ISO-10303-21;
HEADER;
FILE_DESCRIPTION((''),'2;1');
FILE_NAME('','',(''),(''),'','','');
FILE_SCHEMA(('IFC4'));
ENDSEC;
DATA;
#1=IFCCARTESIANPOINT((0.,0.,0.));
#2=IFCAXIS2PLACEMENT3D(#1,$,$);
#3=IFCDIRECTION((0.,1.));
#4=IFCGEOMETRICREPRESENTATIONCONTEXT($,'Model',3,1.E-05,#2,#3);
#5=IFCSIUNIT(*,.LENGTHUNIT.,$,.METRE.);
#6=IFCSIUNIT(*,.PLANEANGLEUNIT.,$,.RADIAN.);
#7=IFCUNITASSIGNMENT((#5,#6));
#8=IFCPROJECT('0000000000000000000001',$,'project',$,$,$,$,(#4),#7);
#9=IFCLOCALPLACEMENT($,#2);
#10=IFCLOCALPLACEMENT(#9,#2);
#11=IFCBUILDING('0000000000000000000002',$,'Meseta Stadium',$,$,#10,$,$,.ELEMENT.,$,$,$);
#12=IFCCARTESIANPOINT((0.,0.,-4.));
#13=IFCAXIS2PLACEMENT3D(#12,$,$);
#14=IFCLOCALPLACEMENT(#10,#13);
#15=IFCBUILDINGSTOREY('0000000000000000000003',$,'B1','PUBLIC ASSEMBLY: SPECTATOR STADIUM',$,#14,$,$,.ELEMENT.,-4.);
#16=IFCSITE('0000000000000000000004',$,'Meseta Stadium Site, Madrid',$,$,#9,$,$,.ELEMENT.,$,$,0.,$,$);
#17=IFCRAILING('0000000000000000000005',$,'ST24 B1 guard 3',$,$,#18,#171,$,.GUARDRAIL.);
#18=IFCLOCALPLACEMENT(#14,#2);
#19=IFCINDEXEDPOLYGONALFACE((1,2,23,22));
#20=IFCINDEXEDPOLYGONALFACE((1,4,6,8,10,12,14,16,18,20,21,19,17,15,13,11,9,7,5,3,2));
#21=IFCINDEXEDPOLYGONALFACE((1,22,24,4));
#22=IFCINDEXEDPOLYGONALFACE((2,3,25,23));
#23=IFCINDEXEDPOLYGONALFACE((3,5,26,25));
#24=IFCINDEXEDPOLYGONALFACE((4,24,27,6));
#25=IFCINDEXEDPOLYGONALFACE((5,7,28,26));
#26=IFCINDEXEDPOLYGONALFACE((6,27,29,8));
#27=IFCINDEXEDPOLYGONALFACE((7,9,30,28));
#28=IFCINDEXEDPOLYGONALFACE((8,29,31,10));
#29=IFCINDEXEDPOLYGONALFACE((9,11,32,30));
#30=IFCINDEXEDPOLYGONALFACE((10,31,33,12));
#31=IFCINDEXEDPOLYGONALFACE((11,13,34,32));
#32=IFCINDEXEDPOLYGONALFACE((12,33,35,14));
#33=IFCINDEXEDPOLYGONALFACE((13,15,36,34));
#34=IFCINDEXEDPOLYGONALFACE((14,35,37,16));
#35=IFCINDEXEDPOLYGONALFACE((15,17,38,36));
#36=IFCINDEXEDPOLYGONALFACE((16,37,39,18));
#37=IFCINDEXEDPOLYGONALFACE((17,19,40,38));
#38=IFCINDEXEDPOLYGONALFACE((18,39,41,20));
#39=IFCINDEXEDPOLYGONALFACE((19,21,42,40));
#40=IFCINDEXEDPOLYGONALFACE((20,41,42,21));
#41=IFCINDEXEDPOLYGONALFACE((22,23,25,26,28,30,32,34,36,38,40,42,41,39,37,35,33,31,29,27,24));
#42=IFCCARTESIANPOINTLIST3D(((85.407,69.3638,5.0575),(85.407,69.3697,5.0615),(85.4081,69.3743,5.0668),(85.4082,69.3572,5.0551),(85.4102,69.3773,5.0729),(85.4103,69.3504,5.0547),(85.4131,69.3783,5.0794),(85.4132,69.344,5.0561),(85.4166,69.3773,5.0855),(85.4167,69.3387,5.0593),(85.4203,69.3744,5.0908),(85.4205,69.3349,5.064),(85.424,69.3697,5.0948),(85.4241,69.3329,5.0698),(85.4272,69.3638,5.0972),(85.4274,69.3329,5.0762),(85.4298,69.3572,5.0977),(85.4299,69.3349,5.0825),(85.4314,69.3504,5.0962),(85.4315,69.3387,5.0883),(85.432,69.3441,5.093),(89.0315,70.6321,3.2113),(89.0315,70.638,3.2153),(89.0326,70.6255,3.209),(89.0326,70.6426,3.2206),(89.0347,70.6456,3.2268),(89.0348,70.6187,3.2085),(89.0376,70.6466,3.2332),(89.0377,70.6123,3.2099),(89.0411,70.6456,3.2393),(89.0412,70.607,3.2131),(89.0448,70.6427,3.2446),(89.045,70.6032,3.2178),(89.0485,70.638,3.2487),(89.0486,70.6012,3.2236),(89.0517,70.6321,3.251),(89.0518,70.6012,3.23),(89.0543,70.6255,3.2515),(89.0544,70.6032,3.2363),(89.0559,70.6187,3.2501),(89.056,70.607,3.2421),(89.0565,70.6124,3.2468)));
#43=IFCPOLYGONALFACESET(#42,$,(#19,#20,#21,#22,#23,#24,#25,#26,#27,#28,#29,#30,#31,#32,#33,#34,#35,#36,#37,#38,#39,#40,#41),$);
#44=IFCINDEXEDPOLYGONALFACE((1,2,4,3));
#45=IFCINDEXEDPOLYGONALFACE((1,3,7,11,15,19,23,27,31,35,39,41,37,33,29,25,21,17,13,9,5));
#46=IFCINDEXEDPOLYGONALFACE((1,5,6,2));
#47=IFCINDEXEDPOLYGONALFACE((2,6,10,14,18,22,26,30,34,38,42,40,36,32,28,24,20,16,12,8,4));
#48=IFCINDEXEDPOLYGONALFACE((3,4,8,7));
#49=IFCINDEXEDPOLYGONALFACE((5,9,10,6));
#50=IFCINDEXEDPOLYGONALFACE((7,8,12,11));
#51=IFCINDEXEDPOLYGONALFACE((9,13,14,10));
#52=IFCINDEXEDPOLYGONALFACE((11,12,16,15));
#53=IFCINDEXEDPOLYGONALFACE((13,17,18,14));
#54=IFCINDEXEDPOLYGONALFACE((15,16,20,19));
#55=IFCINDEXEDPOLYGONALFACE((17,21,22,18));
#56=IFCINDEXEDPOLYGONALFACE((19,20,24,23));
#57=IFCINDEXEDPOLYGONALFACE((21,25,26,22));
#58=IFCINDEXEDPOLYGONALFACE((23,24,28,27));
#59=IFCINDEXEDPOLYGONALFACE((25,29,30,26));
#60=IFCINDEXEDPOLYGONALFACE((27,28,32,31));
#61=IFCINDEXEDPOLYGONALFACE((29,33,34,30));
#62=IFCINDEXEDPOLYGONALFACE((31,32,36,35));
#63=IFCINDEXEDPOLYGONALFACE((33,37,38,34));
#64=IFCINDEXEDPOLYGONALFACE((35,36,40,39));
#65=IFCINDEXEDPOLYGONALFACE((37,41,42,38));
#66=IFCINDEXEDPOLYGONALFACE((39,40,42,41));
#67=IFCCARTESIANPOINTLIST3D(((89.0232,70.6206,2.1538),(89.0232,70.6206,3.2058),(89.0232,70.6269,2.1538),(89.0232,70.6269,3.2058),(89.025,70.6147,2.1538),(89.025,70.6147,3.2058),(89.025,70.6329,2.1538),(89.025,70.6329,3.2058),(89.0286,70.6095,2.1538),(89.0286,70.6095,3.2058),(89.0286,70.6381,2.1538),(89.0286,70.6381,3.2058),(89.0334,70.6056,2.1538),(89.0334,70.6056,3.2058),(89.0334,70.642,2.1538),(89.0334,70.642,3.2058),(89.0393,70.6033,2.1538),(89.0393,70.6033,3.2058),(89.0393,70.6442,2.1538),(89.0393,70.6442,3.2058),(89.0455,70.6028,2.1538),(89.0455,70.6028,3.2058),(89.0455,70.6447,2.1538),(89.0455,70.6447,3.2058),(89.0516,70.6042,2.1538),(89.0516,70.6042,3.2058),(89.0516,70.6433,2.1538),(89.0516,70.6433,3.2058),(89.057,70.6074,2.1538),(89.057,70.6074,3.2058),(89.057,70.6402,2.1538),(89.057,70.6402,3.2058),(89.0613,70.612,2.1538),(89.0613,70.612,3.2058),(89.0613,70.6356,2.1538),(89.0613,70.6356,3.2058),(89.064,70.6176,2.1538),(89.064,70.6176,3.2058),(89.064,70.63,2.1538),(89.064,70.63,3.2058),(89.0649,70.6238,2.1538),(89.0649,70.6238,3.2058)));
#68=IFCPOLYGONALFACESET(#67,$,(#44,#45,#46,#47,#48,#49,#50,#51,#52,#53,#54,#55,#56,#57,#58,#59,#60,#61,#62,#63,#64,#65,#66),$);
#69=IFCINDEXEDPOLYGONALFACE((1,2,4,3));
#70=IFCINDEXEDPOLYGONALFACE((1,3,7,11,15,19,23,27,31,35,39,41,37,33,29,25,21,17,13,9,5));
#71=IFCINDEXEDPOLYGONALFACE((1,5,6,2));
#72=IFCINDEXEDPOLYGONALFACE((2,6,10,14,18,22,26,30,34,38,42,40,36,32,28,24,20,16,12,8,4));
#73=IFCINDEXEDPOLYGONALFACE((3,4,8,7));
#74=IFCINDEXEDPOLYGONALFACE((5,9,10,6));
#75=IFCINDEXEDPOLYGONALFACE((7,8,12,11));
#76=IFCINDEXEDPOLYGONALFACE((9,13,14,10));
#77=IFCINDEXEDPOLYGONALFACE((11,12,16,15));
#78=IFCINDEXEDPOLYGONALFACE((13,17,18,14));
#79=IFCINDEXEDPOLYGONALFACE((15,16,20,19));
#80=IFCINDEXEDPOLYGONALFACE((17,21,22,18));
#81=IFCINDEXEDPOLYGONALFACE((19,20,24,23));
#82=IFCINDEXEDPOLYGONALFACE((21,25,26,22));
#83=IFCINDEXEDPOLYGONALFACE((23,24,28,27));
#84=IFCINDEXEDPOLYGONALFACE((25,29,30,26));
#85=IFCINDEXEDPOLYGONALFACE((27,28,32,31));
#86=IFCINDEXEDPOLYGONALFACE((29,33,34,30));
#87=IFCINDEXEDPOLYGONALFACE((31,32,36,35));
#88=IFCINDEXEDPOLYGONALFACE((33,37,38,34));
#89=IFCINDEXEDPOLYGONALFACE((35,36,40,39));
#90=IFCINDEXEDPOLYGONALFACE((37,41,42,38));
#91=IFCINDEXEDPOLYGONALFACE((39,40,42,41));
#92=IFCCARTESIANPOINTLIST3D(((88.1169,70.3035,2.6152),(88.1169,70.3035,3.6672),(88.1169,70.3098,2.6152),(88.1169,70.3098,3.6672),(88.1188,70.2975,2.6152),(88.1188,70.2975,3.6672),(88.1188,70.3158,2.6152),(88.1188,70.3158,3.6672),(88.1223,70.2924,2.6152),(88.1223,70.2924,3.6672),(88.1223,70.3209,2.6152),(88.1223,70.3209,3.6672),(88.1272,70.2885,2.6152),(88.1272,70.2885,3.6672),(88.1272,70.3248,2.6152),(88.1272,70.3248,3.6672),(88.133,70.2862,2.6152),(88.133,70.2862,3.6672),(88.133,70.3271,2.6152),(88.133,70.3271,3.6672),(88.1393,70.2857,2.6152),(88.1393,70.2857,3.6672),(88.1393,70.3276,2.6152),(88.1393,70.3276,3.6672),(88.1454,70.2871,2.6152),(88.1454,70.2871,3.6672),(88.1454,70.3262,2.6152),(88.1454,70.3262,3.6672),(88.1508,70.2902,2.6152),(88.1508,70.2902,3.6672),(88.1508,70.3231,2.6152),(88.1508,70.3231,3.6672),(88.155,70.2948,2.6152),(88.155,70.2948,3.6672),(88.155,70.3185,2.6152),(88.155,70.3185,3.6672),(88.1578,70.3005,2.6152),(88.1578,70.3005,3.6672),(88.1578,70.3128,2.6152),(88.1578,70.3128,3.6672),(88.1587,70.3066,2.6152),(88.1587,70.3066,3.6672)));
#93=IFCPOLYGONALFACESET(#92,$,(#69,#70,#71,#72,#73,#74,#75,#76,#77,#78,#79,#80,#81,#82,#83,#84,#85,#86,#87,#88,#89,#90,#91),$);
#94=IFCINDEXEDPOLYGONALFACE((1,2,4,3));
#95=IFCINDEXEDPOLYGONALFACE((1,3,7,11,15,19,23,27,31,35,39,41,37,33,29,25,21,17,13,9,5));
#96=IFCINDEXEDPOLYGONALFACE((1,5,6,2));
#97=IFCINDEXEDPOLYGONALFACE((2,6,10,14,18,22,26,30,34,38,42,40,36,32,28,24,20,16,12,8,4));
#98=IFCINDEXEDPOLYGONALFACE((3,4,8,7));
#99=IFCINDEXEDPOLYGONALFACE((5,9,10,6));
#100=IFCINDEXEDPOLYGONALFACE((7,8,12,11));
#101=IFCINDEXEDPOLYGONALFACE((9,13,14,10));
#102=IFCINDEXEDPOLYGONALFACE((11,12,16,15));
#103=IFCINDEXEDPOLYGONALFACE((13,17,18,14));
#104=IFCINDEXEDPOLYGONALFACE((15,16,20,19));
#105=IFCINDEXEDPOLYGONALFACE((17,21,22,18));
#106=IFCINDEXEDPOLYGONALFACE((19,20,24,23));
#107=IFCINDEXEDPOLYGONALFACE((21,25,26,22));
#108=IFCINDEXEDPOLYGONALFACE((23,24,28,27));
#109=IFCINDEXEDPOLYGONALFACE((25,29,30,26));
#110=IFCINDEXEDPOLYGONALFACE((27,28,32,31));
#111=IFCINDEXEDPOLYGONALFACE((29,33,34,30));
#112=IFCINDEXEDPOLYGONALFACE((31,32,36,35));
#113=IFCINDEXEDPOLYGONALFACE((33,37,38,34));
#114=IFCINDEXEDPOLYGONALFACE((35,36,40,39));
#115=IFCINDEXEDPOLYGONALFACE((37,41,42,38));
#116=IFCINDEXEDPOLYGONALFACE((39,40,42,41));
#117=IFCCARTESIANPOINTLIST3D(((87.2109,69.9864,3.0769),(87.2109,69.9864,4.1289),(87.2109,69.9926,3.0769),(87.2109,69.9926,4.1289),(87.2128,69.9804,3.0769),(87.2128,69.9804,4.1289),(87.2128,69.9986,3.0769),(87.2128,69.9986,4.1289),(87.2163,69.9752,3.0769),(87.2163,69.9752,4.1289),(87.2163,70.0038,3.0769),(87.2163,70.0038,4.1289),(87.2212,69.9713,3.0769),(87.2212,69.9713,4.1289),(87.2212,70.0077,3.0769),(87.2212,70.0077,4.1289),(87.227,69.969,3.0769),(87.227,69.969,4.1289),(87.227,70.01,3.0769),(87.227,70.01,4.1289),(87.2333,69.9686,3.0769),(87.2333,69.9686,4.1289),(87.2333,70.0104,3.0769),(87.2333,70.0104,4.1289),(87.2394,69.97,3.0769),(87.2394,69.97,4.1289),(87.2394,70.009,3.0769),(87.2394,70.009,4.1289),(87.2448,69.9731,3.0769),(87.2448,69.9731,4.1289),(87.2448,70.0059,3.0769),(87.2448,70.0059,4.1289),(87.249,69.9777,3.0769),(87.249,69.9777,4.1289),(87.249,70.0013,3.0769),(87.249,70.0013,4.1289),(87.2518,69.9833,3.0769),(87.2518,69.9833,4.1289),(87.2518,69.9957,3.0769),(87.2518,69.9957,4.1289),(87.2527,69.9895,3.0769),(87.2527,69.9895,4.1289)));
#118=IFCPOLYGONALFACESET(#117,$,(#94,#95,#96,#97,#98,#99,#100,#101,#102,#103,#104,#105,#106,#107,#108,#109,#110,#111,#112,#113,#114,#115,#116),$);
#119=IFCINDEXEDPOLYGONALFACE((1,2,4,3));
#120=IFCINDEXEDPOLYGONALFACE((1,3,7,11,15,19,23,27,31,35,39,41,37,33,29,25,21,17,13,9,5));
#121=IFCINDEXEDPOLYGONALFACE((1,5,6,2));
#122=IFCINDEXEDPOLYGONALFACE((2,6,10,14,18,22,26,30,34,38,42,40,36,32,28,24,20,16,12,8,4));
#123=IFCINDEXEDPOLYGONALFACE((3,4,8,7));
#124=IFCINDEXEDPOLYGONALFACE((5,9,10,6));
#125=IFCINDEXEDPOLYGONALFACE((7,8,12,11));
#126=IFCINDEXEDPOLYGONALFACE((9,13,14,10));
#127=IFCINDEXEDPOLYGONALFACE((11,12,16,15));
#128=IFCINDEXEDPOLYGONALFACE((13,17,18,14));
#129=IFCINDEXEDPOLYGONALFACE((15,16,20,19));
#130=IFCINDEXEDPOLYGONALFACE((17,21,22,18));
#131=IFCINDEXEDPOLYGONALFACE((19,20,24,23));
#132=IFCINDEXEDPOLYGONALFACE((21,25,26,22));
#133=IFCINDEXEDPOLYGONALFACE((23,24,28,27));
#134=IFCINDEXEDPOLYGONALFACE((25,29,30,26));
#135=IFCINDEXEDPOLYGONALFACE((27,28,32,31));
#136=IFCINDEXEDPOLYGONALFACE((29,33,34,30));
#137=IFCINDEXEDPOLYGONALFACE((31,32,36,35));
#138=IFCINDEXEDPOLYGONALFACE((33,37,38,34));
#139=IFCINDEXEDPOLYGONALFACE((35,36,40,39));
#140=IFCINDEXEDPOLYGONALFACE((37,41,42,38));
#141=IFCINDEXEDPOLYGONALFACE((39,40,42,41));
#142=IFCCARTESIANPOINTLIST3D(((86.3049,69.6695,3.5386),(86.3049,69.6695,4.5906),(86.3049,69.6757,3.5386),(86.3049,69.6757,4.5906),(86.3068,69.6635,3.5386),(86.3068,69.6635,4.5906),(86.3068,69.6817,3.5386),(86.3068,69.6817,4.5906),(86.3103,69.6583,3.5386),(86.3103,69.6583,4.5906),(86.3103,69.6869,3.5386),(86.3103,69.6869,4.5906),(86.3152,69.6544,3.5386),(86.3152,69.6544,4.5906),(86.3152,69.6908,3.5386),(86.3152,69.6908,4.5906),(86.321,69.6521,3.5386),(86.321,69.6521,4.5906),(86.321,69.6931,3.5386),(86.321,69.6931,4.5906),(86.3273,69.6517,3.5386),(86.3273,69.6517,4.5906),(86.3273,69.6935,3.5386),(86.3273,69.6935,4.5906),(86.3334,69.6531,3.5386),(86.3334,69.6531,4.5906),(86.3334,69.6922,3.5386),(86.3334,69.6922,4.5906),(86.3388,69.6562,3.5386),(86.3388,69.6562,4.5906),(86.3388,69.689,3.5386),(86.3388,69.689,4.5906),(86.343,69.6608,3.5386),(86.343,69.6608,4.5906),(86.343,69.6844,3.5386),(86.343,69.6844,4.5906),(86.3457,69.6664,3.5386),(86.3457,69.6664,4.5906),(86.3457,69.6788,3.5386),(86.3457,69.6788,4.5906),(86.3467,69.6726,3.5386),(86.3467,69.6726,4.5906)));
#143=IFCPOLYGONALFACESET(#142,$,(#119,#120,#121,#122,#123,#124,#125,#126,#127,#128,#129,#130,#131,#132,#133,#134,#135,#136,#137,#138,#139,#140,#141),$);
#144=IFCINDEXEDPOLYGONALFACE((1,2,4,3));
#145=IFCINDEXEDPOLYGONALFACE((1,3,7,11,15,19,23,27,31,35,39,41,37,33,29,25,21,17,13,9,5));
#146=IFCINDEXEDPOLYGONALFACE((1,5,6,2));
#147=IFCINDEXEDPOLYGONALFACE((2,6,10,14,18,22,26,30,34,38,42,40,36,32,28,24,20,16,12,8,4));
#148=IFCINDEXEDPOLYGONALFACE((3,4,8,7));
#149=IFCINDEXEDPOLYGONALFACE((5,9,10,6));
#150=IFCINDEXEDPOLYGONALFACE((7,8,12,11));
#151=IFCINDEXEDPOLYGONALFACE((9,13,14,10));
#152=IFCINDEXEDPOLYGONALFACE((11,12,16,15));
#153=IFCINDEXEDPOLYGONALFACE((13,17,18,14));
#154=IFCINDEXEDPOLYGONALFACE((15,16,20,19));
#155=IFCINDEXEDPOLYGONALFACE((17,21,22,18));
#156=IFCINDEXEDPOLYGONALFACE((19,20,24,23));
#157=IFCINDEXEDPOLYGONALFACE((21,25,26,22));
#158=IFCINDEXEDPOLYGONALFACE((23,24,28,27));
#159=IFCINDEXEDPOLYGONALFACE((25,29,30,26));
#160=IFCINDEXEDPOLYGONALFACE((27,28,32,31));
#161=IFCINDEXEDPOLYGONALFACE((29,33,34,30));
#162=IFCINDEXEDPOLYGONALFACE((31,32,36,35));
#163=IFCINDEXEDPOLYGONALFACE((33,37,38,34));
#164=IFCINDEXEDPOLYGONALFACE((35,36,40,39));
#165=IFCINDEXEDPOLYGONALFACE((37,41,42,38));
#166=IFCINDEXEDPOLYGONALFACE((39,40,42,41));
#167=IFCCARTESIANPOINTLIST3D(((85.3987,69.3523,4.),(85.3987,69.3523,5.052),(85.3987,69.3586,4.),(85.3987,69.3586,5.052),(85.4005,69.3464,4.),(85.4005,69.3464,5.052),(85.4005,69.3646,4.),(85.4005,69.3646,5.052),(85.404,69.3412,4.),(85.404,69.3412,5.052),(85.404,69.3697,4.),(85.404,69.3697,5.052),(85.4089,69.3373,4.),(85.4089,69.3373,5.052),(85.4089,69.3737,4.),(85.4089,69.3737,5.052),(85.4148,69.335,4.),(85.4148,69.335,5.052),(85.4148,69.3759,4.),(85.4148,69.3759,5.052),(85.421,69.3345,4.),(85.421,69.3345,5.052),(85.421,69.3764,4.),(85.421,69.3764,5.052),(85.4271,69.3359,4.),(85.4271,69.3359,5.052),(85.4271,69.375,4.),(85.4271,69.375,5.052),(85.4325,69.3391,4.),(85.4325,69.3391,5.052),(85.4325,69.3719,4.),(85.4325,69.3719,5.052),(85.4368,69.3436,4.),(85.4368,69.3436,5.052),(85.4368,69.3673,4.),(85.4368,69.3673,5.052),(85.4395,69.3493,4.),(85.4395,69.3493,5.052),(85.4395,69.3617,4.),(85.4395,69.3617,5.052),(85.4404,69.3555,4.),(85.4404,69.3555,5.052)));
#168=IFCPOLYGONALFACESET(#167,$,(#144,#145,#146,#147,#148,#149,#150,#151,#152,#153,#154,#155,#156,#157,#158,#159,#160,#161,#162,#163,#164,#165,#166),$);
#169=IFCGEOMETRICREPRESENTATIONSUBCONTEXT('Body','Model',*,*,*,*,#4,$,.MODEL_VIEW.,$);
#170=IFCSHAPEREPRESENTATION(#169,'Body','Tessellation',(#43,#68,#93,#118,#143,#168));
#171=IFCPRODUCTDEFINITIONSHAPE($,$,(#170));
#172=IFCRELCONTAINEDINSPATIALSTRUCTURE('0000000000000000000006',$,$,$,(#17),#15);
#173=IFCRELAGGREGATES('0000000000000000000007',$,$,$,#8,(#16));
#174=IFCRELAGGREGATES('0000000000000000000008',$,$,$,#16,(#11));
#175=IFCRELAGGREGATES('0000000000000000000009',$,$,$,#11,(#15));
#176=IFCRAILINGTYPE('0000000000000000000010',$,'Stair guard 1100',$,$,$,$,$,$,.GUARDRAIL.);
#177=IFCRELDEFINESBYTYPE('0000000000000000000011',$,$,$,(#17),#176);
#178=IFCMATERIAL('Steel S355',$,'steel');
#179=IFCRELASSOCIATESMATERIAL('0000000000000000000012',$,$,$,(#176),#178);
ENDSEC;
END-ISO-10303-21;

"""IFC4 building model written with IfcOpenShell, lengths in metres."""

from ifc_helpers import new_model, si_unit, direction, frame, origin, origin_2d, place, context, subcontext, project, spatial, circle, extrude, material, type_object, element, save


model = new_model("IFC4")

# Units and contexts
model_context = context("Model", 3, precision=1e-05, world=origin(), true_north=direction((0.0, 1.0)))
body_context = subcontext(model_context, "Body", "Model", "MODEL_VIEW")
ifc_project = project(units=[si_unit("LENGTHUNIT", "METRE"), si_unit("PLANEANGLEUNIT", "RADIAN")], contexts=[model_context])

# Site, building, storey
site_placement = place(None, origin())
site = spatial("IfcSite", under=ifc_project, at=site_placement, Name="Meseta Stadium Site, Madrid", CompositionType="ELEMENT", RefElevation=0.0)
building_placement = place(site_placement, origin())
building = spatial("IfcBuilding", under=site, at=building_placement, Name="Meseta Stadium", CompositionType="ELEMENT")
storey_placement = place(building_placement, frame((0.0, 0.0, -4.0)))
storey = spatial("IfcBuildingStorey", under=building, at=storey_placement, Name="B1", Description="PUBLIC ASSEMBLY: SPECTATOR STADIUM", CompositionType="ELEMENT", Elevation=-4.0)

# Railing
ifc_material_1 = material(Name="Steel S355", Category="steel")
railing_type_1 = type_object("IfcRailingType", Name="Stair guard 1100", PredefinedType="GUARDRAIL", material=ifc_material_1)
railing_1_placement = place(storey_placement, frame((89.0439, 70.6238, 2.1538)))
element("IfcRailing", 1, at=railing_1_placement, inside=storey, type_object=railing_type_1, Name="ST24 B1 guard 3", PredefinedType="GUARDRAIL", context=body_context, shape_type="SweptSolid", body=[
    extrude(circle(Radius=0.0239, at=origin_2d()), frame((0.0, 0.0, 1.0762), z_axis=(-0.850672, -0.297672, 0.4333), x_axis=(0.330288, -0.94388, 0.0)), (0.0, 0.0, 1.0), 4.2607),
    extrude(circle(Radius=0.021, at=origin_2d()), origin(), (0.0, 0.0, 1.0), 1.052),
    extrude(circle(Radius=0.021, at=origin_2d()), frame((-0.9062, -0.3171, 0.4614)), (0.0, 0.0, 1.0), 1.052),
    extrude(circle(Radius=0.021, at=origin_2d()), frame((-1.8123, -0.6343, 0.9231)), (0.0, 0.0, 1.0), 1.052),
    extrude(circle(Radius=0.021, at=origin_2d()), frame((-2.7183, -0.9512, 1.3848)), (0.0, 0.0, 1.0), 1.052),
    extrude(circle(Radius=0.021, at=origin_2d()), frame((-3.6245, -1.2683, 1.8462)), (0.0, 0.0, 1.0), 1.052),
])

save(model, "model.ifc")
